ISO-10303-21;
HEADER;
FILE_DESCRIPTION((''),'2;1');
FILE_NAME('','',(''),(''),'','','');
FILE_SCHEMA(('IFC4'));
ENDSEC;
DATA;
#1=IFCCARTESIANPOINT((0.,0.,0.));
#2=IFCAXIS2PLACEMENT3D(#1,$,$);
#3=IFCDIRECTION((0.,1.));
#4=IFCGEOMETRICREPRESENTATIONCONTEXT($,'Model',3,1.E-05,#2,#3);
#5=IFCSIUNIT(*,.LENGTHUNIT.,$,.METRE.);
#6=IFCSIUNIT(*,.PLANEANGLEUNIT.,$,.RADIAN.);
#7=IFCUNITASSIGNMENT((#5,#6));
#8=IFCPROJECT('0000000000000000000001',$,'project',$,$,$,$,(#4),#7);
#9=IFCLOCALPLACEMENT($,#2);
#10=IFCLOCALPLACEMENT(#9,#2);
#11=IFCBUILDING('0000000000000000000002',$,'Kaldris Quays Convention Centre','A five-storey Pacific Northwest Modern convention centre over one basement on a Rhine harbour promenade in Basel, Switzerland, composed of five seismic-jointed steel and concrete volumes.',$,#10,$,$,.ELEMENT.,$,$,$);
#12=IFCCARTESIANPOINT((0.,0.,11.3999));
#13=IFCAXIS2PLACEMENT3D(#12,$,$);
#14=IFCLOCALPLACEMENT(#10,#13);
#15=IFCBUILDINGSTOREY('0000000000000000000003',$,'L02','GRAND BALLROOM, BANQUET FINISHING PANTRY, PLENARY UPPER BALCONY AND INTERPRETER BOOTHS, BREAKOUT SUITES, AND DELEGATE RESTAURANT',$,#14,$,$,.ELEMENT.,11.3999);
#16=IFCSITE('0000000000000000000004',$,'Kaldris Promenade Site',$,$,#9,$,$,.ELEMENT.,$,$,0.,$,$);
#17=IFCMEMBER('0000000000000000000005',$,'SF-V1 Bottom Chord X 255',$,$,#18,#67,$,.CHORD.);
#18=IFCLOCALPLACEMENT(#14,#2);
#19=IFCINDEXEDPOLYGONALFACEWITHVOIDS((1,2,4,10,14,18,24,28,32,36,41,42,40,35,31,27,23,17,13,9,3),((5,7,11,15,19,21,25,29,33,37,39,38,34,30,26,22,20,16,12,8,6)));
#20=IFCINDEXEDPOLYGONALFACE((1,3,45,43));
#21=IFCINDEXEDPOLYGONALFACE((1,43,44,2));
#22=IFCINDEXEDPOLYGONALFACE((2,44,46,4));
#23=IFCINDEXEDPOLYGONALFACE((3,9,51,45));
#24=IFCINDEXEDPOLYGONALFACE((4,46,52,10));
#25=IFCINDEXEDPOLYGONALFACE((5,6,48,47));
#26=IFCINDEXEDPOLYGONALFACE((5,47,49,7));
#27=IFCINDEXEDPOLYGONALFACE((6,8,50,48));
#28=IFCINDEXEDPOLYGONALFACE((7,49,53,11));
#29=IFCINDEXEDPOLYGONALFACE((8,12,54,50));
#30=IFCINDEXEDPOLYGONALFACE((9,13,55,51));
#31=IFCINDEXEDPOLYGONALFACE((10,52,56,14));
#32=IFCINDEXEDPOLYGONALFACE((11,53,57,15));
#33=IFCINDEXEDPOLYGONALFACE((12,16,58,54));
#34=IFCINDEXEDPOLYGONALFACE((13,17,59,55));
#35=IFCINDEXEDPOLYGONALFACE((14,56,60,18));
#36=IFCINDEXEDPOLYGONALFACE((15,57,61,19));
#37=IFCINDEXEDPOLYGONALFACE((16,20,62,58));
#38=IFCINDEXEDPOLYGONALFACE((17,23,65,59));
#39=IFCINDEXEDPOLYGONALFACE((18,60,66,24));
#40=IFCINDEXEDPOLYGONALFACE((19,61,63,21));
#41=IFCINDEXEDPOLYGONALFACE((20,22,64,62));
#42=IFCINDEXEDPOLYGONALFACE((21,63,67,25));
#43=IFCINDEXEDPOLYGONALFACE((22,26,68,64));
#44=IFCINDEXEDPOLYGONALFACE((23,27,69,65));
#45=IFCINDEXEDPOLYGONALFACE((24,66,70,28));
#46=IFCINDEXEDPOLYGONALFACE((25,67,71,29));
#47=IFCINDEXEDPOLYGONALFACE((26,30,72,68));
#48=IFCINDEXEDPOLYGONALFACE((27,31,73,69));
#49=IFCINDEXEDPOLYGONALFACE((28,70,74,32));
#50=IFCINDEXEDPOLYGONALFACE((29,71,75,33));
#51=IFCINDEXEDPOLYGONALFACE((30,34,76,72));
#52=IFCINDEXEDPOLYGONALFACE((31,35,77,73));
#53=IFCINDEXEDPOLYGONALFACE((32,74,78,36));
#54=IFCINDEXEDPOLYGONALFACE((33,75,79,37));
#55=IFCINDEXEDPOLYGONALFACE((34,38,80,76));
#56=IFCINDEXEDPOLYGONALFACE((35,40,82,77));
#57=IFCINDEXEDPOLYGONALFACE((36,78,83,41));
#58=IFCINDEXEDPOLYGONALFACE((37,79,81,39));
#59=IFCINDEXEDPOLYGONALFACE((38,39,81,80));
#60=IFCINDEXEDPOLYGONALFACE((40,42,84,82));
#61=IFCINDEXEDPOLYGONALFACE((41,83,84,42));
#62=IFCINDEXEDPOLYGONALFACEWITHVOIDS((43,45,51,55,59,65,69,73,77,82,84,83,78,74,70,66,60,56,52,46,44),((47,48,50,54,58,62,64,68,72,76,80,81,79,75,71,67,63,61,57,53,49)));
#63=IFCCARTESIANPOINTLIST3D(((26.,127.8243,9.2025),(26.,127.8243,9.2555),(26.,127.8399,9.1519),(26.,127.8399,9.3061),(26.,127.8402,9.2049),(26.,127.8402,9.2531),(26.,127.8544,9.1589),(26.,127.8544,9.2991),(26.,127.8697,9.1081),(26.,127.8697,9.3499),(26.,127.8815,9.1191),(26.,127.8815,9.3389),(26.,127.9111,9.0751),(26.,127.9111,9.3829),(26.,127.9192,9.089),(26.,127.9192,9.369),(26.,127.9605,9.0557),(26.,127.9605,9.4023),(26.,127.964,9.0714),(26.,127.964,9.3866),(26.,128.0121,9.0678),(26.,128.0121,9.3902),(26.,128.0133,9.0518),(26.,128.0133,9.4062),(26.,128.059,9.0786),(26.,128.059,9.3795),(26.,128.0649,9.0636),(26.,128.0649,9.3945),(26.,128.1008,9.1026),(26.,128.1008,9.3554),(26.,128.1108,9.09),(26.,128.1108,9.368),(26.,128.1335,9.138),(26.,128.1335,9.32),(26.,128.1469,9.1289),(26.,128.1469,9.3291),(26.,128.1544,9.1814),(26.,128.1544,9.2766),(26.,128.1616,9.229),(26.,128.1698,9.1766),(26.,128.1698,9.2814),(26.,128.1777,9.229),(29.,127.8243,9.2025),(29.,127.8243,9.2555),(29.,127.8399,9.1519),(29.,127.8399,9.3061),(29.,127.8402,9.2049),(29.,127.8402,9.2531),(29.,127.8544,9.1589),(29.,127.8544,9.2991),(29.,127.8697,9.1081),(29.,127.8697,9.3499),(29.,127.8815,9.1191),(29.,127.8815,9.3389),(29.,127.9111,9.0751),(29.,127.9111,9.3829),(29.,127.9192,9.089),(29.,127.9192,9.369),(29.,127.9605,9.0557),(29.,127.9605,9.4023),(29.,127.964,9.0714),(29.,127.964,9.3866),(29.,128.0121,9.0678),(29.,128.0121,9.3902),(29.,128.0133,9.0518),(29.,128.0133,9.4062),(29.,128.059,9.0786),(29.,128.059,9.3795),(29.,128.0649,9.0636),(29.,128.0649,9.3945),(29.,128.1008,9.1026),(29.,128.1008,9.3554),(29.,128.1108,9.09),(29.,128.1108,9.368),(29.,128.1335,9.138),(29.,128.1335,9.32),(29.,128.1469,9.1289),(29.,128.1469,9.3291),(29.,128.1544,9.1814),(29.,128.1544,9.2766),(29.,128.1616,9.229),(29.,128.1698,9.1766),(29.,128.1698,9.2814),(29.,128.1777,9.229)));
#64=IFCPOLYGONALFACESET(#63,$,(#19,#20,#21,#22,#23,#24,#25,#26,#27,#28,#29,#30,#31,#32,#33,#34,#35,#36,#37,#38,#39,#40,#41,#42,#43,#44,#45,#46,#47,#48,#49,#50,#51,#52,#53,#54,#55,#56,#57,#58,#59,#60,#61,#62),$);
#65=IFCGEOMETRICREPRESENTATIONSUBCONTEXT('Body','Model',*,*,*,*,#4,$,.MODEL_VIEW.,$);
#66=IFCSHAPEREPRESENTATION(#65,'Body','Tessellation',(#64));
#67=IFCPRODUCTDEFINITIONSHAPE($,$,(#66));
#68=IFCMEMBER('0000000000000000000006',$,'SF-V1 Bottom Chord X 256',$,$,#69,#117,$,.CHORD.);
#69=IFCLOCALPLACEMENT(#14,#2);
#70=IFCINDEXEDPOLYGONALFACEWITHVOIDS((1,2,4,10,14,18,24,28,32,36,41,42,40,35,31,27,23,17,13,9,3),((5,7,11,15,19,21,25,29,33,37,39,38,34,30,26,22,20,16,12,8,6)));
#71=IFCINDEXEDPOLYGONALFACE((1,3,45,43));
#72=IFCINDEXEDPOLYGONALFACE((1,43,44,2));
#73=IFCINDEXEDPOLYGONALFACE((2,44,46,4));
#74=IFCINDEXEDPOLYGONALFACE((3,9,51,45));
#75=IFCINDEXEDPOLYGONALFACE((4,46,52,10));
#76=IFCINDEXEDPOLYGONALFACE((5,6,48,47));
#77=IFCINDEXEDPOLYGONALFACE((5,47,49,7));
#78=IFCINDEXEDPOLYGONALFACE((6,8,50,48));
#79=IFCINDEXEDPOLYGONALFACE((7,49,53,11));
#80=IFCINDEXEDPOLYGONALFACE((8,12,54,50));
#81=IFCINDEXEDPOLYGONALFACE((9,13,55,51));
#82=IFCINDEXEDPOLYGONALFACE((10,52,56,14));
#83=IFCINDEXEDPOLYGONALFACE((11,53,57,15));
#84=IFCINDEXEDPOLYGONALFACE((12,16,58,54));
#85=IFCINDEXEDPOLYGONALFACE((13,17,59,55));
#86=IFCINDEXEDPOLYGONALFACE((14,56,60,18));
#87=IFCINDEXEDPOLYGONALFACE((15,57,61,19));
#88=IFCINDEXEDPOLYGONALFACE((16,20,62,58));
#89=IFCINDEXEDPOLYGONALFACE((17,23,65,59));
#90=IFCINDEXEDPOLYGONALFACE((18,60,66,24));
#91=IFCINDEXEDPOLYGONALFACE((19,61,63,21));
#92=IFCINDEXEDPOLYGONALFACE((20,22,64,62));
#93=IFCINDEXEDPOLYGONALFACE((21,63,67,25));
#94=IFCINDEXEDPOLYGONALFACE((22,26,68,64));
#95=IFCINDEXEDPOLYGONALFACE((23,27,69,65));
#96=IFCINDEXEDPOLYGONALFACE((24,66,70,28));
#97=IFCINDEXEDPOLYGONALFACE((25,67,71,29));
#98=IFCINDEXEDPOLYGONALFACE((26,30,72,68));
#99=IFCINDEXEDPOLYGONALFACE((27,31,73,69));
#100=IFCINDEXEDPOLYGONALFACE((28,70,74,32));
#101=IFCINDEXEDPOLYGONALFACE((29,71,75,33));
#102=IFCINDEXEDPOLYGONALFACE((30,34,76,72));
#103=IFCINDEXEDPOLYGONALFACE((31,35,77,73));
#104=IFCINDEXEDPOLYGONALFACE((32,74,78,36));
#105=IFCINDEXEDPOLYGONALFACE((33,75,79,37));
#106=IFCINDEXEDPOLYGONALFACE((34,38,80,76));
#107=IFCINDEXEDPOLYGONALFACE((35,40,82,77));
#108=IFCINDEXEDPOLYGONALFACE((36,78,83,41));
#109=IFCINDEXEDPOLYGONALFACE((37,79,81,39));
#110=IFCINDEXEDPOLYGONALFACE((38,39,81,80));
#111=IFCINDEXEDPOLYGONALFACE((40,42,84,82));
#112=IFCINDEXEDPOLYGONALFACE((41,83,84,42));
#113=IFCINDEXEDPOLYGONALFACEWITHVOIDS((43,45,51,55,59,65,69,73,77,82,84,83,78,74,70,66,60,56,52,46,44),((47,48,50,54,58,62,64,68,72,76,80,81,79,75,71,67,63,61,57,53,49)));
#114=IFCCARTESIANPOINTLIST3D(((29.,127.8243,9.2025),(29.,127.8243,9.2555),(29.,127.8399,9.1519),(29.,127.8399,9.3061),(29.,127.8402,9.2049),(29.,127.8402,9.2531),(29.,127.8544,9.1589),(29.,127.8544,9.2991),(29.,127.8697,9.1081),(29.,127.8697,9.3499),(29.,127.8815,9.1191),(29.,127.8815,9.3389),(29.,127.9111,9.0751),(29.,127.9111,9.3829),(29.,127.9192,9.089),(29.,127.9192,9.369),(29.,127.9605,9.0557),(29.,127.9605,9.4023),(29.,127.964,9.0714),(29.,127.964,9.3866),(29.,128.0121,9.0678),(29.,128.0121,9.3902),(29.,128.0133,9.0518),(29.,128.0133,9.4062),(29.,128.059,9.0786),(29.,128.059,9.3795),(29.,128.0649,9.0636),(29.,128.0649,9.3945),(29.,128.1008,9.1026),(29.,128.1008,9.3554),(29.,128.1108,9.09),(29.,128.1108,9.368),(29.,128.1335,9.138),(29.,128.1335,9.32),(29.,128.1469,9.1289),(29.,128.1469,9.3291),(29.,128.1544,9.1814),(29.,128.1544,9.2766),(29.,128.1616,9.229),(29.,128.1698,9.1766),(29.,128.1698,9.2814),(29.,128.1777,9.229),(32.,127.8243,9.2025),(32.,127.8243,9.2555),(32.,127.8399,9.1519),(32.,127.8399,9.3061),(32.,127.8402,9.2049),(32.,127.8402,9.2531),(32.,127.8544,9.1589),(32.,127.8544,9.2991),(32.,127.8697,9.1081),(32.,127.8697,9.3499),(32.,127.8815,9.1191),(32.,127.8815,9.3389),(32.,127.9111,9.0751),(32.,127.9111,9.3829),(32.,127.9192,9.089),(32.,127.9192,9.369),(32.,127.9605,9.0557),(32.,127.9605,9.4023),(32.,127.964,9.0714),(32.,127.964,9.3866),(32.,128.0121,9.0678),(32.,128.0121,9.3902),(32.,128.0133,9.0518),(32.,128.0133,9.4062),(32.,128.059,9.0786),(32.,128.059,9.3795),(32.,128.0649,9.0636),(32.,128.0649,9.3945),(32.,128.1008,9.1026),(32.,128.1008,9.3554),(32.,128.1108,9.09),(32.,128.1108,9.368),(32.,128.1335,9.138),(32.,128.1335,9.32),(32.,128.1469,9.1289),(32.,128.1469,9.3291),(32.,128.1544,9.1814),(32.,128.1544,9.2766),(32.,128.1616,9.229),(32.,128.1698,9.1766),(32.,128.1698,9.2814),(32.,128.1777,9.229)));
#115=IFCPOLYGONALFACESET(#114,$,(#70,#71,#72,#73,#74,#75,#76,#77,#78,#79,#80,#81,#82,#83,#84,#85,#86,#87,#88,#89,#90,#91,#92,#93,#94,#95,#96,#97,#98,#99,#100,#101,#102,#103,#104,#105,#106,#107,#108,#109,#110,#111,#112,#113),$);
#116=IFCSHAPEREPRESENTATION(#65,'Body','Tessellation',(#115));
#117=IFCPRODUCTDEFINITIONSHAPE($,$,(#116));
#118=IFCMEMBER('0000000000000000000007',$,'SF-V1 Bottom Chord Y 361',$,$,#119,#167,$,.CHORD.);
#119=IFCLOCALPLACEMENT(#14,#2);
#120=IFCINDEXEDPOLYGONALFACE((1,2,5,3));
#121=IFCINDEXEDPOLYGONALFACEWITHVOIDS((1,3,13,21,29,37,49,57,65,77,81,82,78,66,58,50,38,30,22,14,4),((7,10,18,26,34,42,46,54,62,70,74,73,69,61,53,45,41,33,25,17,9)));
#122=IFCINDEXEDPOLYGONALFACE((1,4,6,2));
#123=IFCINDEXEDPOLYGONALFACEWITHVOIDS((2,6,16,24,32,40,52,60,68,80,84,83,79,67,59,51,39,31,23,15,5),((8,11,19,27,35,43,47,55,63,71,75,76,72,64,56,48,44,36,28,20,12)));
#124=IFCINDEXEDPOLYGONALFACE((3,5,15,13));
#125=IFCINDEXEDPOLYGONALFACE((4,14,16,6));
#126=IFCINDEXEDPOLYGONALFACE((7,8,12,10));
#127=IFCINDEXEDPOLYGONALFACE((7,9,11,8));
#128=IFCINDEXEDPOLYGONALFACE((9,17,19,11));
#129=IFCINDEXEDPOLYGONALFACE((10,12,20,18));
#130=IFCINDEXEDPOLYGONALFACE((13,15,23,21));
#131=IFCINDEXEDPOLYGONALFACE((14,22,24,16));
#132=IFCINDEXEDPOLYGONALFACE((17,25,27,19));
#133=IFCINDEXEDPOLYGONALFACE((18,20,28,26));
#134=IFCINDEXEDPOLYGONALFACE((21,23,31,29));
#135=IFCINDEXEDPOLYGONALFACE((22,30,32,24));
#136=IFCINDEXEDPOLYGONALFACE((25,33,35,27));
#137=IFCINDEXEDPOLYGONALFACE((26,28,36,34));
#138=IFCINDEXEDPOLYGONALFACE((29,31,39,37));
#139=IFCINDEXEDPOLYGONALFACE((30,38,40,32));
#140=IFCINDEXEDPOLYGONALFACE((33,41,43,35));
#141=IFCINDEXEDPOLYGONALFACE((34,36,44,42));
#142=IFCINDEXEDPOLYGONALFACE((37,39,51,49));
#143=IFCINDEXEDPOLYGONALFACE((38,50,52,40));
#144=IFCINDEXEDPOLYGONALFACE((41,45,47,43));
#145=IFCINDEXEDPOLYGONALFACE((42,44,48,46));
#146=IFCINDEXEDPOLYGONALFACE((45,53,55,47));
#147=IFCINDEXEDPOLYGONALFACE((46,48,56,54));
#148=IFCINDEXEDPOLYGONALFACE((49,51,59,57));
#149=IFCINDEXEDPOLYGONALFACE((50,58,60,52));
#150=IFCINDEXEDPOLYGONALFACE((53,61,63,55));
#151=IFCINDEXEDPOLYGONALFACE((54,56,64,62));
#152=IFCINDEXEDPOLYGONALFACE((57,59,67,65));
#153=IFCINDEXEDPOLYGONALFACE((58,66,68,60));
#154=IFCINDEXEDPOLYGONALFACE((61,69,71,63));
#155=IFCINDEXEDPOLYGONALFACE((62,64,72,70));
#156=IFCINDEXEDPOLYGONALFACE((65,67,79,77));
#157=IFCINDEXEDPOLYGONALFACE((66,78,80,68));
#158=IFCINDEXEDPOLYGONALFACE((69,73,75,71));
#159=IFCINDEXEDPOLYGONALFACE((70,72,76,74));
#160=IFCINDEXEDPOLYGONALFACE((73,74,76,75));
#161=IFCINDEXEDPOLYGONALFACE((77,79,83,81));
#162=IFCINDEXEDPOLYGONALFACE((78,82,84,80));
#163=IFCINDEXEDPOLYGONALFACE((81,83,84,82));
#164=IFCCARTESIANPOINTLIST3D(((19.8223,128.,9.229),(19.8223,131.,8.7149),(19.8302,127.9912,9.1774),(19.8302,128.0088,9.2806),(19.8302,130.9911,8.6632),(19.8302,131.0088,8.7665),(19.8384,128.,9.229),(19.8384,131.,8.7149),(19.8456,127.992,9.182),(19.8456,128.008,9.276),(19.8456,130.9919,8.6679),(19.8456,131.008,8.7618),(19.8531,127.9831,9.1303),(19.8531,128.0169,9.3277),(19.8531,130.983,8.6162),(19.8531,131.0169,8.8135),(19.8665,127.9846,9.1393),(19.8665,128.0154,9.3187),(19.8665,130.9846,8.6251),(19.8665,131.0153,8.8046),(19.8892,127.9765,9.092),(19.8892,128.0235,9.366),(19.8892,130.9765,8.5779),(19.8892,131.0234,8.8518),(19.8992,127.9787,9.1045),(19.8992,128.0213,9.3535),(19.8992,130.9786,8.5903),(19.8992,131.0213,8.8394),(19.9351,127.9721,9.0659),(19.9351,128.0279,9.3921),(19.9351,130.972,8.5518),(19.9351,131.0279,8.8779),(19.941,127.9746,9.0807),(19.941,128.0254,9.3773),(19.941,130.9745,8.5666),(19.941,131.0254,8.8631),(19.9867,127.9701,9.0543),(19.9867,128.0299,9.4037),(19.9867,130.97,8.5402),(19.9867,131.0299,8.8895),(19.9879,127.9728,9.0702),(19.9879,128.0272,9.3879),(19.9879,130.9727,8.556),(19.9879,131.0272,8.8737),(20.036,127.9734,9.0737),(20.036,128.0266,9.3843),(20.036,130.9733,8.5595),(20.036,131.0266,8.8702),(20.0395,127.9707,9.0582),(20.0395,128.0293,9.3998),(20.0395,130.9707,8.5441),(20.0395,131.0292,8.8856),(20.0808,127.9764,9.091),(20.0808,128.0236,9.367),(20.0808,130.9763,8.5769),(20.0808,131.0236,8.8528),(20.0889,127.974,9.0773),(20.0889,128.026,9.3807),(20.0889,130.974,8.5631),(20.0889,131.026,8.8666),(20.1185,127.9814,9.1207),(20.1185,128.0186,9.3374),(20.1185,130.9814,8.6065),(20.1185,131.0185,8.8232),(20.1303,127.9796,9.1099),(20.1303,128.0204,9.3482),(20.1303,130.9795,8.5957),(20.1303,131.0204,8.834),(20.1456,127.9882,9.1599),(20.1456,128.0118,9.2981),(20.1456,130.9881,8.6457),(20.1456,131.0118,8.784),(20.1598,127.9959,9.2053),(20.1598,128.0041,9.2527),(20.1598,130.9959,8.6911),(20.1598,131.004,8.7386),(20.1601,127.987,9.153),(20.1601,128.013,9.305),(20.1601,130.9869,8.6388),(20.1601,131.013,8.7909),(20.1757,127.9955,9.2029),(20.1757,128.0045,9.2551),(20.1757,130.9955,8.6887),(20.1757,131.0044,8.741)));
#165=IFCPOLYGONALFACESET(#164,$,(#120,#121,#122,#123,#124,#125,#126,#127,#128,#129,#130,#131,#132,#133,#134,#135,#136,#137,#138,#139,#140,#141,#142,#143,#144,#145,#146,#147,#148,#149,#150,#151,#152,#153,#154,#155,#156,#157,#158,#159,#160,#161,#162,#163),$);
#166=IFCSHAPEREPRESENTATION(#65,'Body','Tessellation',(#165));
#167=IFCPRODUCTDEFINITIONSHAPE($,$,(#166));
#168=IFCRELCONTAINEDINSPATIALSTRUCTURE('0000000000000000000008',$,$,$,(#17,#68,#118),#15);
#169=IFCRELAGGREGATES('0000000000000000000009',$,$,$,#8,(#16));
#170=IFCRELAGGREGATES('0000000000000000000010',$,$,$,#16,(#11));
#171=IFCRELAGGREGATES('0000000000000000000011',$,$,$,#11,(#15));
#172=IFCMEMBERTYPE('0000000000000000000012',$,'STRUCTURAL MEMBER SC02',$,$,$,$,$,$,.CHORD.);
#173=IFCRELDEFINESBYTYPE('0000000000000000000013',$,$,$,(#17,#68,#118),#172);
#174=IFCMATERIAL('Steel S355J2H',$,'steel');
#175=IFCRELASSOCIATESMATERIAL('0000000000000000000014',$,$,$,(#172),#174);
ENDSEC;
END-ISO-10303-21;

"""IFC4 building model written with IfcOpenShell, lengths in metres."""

from ifc_helpers import new_model, si_unit, direction, frame, origin, origin_2d, place, context, subcontext, project, spatial, hollow_circle, extrude, material, material_profile, profile_set, type_object, element, save


model = new_model("IFC4")

# Units and contexts
model_context = context("Model", 3, precision=1e-05, world=origin(), true_north=direction((0.0, 1.0)))
body_context = subcontext(model_context, "Body", "Model", "MODEL_VIEW")
ifc_project = project(units=[si_unit("LENGTHUNIT", "METRE"), si_unit("PLANEANGLEUNIT", "RADIAN")], contexts=[model_context])

# Site, building, storey
site_placement = place(None, origin())
site = spatial("IfcSite", under=ifc_project, at=site_placement, Name="Kaldris Promenade Site", CompositionType="ELEMENT", RefElevation=0.0)
building_placement = place(site_placement, origin())
building = spatial("IfcBuilding", under=site, at=building_placement, Name="Kaldris Quays Convention Centre", Description="A five-storey Pacific Northwest Modern convention centre over one basement on a Rhine harbour promenade in Basel, Switzerland, composed of five seismic-jointed steel and concrete volumes.", CompositionType="ELEMENT")
storey_placement = place(building_placement, frame((0.0, 0.0, 11.3999)))
storey = spatial("IfcBuildingStorey", under=building, at=storey_placement, Name="L02", Description="GRAND BALLROOM, BANQUET FINISHING PANTRY, PLENARY UPPER BALCONY AND INTERPRETER BOOTHS, BREAKOUT SUITES, AND DELEGATE RESTAURANT", CompositionType="ELEMENT", Elevation=11.3999)

# Members
ifc_material_1 = material(Name="Steel S355J2H", Category="steel")
ifc_material_profile_1 = material_profile(ifc_material_1, hollow_circle(Radius=0.1777, WallThickness=0.0161, at=origin_2d()), Name="CHS 355.6x16")
ifc_profile_set_1 = profile_set([ifc_material_profile_1], Name="Steel S355J2H")
member_type_1 = type_object("IfcMemberType", Name="STRUCTURAL MEMBER SC02", PredefinedType="CHORD", material=ifc_profile_set_1)
for number, where, z_axis, x_axis, name in (
    (1, (26.0, 128.0, 9.229), (1.0, 0.0, 0.0), (0.0, 1.0, 0.0), "SF-V1 Bottom Chord X 255"),
    (2, (29.0, 128.0, 9.229), (1.0, 0.0, 0.0), (0.0, 1.0, 0.0), "SF-V1 Bottom Chord X 256"),
):
    element("IfcMember", number, at=place(storey_placement, frame(where, z_axis=z_axis, x_axis=x_axis)), inside=storey, type_object=member_type_1, Name=name, PredefinedType="CHORD", context=body_context, shape_type="SweptSolid", body=[
        extrude(hollow_circle(Radius=0.1777, WallThickness=0.0161, at=origin_2d()), origin(), (0.0, 0.0, 1.0), 3.0),
    ])
for number, where, z_axis, x_axis, name in (
    (3, (20.0, 128.0, 9.229), (0.0, 0.985629, -0.168924), (-1.0, 0.0, 0.0), "SF-V1 Bottom Chord Y 361"),
):
    element("IfcMember", number, at=place(storey_placement, frame(where, z_axis=z_axis, x_axis=x_axis)), inside=storey, type_object=member_type_1, Name=name, PredefinedType="CHORD", context=body_context, shape_type="SweptSolid", body=[
        extrude(hollow_circle(Radius=0.1777, WallThickness=0.0161, at=origin_2d()), origin(), (0.0, 0.0, 1.0), 3.0437),
    ])

save(model, "model.ifc")
